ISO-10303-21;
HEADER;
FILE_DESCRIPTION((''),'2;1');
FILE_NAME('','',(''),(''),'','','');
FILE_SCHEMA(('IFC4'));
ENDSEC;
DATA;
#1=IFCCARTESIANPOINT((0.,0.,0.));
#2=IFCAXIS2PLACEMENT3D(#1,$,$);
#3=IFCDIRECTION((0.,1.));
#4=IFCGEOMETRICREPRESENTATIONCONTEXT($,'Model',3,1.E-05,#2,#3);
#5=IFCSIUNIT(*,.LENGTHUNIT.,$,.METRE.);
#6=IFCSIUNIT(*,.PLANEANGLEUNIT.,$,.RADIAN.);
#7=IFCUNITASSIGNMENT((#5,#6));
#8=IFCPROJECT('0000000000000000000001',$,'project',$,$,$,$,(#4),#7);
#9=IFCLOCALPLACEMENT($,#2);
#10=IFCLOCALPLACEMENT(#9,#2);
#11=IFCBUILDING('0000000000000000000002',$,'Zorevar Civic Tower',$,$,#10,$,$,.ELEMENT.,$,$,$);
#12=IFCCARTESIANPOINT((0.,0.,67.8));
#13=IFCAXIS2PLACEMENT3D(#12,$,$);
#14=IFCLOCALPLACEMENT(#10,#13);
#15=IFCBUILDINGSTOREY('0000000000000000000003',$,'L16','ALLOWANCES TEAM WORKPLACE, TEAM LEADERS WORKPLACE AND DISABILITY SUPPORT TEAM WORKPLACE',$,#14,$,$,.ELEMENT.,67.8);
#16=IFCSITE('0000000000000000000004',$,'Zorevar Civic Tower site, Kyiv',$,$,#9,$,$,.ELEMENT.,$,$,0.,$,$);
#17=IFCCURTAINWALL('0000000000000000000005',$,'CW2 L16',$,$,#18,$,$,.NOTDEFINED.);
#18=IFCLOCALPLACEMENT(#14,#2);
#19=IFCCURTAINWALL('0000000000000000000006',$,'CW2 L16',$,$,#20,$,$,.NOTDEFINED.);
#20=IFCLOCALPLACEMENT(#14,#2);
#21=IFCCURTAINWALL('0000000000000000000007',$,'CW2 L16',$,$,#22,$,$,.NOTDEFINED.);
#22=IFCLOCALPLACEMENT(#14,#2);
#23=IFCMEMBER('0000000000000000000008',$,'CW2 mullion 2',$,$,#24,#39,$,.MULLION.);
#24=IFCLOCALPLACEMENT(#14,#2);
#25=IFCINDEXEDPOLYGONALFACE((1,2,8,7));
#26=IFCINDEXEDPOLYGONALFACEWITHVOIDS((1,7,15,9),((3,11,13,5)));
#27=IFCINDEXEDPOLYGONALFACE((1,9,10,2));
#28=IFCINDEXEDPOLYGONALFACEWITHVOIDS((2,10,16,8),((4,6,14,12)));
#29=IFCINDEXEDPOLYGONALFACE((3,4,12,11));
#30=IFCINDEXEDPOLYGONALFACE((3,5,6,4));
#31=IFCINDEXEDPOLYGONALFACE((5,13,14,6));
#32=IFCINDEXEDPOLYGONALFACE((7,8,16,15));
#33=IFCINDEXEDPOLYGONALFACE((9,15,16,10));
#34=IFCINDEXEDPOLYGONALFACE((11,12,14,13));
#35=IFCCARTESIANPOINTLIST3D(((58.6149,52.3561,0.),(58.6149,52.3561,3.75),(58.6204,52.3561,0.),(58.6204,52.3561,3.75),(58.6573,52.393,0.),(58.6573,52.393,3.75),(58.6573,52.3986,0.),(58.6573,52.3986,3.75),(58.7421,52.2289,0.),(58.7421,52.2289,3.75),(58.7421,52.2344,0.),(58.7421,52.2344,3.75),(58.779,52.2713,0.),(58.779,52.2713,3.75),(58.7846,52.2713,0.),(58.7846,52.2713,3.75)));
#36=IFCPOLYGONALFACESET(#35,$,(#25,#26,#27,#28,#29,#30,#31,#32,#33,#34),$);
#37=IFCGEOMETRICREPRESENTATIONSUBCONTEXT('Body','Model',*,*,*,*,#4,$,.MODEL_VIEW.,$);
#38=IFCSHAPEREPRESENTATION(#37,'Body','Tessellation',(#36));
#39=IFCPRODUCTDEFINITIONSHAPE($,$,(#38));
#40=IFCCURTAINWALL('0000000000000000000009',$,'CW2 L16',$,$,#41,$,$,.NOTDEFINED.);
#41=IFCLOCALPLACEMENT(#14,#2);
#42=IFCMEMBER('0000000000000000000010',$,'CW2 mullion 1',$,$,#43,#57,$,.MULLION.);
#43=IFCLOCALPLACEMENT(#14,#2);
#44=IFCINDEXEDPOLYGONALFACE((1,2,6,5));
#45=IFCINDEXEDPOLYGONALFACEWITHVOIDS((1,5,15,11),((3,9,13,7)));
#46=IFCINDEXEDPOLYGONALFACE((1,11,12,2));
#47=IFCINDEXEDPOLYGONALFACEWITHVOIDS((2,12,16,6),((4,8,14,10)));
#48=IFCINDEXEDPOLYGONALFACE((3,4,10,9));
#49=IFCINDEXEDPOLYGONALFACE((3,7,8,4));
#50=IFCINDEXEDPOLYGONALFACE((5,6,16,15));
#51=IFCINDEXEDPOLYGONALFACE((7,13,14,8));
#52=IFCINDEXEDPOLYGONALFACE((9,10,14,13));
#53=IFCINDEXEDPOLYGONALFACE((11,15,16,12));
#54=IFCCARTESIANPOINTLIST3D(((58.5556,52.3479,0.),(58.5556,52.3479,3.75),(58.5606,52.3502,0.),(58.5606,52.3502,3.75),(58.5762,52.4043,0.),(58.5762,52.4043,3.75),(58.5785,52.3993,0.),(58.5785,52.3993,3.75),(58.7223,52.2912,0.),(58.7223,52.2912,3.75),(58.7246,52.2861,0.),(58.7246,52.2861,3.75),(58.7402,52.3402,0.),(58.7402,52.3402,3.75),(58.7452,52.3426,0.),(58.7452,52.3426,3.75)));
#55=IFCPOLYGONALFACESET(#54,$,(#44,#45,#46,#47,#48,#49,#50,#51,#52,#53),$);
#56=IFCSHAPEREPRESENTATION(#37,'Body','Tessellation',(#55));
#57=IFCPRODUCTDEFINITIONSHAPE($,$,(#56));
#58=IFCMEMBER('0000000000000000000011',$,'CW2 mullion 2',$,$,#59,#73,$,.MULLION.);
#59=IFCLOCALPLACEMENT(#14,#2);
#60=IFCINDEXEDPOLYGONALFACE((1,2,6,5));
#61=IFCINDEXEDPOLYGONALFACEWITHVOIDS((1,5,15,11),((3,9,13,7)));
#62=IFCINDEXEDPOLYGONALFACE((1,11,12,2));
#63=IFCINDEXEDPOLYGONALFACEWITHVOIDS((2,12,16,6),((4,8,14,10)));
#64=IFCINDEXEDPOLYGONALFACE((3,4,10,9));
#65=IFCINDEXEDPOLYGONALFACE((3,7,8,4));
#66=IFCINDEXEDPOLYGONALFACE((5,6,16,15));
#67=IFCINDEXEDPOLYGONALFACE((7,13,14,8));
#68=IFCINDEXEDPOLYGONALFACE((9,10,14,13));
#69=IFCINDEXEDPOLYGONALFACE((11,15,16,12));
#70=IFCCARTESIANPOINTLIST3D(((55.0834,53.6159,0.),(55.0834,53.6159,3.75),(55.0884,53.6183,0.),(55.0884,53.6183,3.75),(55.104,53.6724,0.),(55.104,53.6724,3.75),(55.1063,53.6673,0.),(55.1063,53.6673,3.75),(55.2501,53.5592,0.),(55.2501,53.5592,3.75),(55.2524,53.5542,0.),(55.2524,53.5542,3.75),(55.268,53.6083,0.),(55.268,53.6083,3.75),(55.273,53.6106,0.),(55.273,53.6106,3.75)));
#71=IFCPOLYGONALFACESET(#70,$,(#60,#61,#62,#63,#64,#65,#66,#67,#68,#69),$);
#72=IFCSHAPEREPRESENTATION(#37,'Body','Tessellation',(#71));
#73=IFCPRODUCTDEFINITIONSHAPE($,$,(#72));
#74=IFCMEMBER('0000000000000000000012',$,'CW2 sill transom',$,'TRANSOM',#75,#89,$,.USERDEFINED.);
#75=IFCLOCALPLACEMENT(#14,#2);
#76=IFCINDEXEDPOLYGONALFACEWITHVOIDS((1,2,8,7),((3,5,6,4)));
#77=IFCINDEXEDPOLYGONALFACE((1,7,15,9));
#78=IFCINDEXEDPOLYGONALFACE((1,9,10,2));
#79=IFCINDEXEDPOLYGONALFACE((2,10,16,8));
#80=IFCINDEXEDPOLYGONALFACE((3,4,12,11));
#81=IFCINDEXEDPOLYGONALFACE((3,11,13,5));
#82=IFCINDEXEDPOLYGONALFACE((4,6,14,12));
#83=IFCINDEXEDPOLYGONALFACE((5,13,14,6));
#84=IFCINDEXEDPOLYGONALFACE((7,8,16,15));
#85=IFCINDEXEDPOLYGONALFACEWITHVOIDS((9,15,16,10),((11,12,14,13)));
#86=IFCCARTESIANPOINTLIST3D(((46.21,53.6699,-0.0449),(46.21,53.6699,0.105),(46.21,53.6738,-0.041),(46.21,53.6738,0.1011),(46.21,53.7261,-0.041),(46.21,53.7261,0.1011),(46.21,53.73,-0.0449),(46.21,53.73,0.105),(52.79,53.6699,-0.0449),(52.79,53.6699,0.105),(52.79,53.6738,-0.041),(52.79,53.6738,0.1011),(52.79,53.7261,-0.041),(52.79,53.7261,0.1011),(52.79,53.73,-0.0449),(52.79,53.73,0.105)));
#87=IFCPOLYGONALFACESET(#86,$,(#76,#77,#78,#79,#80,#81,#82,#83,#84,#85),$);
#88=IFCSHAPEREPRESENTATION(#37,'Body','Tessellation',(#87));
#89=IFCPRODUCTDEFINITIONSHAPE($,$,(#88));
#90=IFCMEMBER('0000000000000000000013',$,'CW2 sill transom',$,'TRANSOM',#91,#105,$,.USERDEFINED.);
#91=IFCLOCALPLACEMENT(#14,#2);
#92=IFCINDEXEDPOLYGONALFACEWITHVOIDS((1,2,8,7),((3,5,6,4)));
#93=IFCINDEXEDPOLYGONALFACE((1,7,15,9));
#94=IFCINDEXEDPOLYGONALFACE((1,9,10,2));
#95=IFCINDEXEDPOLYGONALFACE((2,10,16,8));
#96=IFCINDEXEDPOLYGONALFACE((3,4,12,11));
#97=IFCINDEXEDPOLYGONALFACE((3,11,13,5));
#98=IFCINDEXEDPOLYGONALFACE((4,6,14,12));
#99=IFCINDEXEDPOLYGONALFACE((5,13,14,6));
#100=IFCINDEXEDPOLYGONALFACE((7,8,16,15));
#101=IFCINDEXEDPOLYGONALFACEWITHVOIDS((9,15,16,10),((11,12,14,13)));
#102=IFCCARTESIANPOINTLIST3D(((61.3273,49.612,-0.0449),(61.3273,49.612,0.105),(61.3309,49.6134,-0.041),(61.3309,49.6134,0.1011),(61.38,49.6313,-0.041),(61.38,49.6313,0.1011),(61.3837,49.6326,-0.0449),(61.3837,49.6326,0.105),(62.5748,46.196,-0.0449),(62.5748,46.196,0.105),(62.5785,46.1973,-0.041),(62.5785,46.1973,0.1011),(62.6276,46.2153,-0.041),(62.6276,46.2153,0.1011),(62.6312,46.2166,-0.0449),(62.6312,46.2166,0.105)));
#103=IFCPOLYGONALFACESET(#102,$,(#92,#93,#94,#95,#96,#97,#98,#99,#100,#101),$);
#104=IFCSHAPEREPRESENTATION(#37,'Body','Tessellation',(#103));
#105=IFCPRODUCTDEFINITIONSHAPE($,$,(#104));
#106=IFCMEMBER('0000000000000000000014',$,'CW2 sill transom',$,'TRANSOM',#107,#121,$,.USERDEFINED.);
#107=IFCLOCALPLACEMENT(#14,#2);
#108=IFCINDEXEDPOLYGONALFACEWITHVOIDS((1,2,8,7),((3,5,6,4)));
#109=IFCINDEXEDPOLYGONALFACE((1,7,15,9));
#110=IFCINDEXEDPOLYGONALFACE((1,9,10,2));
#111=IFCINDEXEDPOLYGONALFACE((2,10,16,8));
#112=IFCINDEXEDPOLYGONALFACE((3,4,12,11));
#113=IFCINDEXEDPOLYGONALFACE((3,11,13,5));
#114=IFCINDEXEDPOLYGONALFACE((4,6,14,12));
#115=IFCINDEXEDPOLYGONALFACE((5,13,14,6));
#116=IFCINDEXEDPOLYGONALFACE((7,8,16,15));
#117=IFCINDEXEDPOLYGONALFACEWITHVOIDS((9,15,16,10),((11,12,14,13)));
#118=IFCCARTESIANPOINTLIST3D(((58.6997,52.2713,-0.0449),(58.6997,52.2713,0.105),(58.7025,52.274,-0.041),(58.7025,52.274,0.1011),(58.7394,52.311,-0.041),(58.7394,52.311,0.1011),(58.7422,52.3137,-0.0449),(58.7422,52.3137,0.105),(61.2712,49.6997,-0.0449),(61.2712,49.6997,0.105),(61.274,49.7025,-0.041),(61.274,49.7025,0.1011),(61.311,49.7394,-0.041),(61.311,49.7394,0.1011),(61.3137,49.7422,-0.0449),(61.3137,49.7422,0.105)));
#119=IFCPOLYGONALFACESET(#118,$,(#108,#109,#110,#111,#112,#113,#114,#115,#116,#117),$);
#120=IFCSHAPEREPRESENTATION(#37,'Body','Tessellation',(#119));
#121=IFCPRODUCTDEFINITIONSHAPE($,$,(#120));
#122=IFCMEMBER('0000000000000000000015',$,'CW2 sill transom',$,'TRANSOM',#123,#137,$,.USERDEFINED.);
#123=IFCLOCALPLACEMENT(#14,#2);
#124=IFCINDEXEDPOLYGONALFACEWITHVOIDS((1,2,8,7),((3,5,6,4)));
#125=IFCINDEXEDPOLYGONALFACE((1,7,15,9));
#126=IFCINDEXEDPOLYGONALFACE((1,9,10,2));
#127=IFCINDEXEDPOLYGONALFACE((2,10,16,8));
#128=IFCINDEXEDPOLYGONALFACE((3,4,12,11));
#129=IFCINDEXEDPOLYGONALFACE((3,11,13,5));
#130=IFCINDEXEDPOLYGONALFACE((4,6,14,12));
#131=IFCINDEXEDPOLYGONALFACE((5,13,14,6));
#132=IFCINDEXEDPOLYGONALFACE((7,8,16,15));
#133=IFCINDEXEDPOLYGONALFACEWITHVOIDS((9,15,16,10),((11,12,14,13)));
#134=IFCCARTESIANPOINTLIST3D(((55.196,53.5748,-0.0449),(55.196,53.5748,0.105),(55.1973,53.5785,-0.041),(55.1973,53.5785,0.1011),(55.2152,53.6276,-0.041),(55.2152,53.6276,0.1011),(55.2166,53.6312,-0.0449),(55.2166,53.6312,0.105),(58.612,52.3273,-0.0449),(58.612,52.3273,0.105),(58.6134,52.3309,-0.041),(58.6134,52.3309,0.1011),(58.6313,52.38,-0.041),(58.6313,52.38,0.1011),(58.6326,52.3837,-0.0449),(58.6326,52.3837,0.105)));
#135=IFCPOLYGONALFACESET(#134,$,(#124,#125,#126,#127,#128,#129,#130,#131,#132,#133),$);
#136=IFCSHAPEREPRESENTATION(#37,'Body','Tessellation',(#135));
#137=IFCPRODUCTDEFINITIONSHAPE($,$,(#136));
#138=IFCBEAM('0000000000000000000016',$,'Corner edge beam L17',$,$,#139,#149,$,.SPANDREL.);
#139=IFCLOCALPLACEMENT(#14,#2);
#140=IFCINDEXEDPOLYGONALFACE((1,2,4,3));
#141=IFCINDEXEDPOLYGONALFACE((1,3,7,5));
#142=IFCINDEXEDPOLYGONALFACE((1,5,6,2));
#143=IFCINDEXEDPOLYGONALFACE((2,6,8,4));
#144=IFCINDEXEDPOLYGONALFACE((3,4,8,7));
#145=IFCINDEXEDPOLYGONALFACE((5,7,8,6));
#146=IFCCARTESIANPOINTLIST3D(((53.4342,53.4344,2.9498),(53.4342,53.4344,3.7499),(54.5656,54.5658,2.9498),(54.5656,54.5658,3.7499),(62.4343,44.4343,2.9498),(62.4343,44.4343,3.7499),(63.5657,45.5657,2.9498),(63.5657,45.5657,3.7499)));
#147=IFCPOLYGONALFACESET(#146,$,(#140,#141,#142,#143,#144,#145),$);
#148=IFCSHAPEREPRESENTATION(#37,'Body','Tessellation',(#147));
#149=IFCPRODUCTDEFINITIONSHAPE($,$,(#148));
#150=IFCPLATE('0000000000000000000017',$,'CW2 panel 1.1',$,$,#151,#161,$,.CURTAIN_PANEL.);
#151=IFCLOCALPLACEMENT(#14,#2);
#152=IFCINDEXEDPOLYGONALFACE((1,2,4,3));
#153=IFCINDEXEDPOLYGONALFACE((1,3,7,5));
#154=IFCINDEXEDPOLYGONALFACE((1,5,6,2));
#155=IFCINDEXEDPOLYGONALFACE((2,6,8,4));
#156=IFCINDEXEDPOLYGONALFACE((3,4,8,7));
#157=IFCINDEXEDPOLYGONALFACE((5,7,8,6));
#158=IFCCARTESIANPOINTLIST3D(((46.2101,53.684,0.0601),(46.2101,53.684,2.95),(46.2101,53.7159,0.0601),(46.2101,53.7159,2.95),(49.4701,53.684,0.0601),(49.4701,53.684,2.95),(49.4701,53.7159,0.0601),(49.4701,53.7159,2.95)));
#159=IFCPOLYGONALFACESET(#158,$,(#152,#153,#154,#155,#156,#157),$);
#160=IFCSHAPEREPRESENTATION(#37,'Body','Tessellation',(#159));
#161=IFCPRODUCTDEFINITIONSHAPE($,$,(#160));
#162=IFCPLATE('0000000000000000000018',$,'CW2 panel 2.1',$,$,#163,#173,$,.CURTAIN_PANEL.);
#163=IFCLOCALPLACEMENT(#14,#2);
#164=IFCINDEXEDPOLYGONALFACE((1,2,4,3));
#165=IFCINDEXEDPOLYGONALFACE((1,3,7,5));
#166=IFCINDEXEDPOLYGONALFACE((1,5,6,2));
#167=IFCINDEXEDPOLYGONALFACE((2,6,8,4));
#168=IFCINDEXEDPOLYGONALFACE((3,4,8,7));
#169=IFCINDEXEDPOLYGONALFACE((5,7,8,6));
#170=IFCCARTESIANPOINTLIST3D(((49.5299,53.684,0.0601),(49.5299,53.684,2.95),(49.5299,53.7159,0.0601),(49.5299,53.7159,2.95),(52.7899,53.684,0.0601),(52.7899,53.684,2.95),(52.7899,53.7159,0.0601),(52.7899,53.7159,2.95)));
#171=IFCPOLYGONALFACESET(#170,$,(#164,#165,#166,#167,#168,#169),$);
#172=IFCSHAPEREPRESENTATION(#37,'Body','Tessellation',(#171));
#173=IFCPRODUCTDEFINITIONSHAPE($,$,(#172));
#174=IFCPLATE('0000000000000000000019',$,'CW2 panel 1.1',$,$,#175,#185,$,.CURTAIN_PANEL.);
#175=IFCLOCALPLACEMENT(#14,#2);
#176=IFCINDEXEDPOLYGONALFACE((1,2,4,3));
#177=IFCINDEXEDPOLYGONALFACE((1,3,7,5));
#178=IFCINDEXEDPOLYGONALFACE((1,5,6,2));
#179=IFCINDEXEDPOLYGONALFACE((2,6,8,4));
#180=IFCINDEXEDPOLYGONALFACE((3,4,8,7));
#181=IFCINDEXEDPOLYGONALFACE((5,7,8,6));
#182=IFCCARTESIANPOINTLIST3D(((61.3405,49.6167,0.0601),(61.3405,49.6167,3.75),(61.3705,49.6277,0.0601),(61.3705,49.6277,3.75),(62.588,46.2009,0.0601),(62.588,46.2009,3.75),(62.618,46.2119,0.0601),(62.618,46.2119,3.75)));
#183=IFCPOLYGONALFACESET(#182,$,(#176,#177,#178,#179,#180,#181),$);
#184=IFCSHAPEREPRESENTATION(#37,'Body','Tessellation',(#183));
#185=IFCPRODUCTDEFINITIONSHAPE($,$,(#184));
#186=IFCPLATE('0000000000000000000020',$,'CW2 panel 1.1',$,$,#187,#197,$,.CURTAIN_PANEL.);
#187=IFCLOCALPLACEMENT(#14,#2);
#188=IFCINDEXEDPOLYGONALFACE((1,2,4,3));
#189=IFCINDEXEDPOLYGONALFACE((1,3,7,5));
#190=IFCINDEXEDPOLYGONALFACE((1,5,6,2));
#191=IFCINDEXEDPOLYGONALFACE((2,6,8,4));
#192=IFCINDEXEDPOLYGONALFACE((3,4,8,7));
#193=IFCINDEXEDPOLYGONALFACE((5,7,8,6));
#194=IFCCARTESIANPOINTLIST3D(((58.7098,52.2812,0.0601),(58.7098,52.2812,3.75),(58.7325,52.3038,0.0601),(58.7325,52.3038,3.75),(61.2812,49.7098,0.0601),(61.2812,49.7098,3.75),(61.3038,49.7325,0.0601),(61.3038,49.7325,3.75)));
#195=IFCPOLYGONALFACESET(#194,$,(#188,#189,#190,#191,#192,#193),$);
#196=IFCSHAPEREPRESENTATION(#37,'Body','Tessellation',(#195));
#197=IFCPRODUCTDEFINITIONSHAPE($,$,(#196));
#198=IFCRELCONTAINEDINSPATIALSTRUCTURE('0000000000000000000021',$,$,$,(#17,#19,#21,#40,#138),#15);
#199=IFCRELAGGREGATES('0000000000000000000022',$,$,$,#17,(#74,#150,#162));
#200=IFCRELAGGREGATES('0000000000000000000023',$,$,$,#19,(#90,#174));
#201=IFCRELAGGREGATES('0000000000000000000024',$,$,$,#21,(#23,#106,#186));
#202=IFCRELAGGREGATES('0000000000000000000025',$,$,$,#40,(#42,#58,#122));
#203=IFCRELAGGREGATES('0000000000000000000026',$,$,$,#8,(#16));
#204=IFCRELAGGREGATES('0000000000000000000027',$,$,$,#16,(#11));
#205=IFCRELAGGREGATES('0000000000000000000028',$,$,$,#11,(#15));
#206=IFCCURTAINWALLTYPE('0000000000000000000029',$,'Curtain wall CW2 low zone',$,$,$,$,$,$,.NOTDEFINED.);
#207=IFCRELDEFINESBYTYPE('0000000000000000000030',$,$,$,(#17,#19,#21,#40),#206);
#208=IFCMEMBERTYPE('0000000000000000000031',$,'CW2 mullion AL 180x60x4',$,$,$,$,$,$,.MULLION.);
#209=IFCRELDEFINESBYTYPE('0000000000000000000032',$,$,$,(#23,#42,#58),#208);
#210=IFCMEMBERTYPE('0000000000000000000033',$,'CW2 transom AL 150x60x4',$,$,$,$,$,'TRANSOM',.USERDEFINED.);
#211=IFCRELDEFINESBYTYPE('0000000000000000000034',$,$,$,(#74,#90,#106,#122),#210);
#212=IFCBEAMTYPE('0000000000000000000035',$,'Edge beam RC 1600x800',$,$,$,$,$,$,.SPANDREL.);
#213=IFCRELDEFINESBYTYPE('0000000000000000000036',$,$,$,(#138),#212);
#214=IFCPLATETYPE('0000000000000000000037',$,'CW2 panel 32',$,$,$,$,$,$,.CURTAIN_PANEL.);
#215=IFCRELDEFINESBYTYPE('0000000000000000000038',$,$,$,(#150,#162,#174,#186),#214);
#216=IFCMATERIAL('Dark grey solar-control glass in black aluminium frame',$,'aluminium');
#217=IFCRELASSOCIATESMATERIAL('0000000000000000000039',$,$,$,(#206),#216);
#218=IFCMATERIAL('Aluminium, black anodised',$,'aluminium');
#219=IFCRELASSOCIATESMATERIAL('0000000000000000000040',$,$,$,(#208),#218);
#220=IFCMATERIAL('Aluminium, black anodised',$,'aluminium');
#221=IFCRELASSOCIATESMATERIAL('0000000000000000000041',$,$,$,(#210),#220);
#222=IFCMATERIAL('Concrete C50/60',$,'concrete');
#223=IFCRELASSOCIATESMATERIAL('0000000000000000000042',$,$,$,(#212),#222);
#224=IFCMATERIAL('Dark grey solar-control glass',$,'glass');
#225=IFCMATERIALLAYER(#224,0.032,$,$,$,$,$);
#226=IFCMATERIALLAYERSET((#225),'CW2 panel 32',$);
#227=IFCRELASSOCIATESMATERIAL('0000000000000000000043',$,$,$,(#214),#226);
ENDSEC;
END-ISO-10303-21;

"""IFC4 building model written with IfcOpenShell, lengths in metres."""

from ifc_helpers import new_model, si_unit, direction, frame, origin, origin_2d, place, context, subcontext, project, spatial, rectangle, hollow_rectangle, extrude, material, layer, layer_set, material_profile, profile_set, type_object, element, aggregate, save


model = new_model("IFC4")

# Units and contexts
model_context = context("Model", 3, precision=1e-05, world=origin(), true_north=direction((0.0, 1.0)))
body_context = subcontext(model_context, "Body", "Model", "MODEL_VIEW")
ifc_project = project(units=[si_unit("LENGTHUNIT", "METRE"), si_unit("PLANEANGLEUNIT", "RADIAN")], contexts=[model_context])

# Site, building, storey
site_placement = place(None, origin())
site = spatial("IfcSite", under=ifc_project, at=site_placement, Name="Zorevar Civic Tower site, Kyiv", CompositionType="ELEMENT", RefElevation=0.0)
building_placement = place(site_placement, origin())
building = spatial("IfcBuilding", under=site, at=building_placement, Name="Zorevar Civic Tower", CompositionType="ELEMENT")
storey_placement = place(building_placement, frame((0.0, 0.0, 67.8)))
storey = spatial("IfcBuildingStorey", under=building, at=storey_placement, Name="L16", Description="ALLOWANCES TEAM WORKPLACE, TEAM LEADERS WORKPLACE AND DISABILITY SUPPORT TEAM WORKPLACE", CompositionType="ELEMENT", Elevation=67.8)

# Curtain wall
ifc_material_1 = material(Name="Dark grey solar-control glass in black aluminium frame", Category="aluminium")
curtain_wall_type = type_object("IfcCurtainWallType", Name="Curtain wall CW2 low zone", PredefinedType="NOTDEFINED", material=ifc_material_1)
curtain_wall_1_placement = place(storey_placement, origin())
curtain_wall_1 = element("IfcCurtainWall", 1, at=curtain_wall_1_placement, inside=storey, type_object=curtain_wall_type, Name="CW2 L16", PredefinedType="NOTDEFINED")
ifc_material_2 = material(Name="Aluminium, black anodised", Category="aluminium")
ifc_material_profile_1 = material_profile(ifc_material_2, hollow_rectangle(XDim=0.0601, YDim=0.1799, WallThickness=0.0039, at=origin_2d()), Name="AL 180x60x4")
ifc_profile_set_1 = profile_set([ifc_material_profile_1], Name="Aluminium, black anodised")
member_type_1 = type_object("IfcMemberType", Name="CW2 mullion AL 180x60x4", PredefinedType="MULLION", material=ifc_profile_set_1)

# Curtain walls, members
curtain_wall_2_placement = place(storey_placement, origin())
curtain_wall_2 = element("IfcCurtainWall", 2, at=curtain_wall_2_placement, inside=storey, type_object=curtain_wall_type, Name="CW2 L16", PredefinedType="NOTDEFINED")
curtain_wall_3_placement = place(storey_placement, origin())
curtain_wall_3 = element("IfcCurtainWall", 3, at=curtain_wall_3_placement, inside=storey, type_object=curtain_wall_type, Name="CW2 L16", PredefinedType="NOTDEFINED")
member_1_placement = place(storey_placement, frame((58.6997, 52.3137, 0.0), z_axis=(0.0, 0.0, 1.0), x_axis=(-0.707107, -0.707107, 0.0)))
member_1 = element("IfcMember", 4, at=member_1_placement, type_object=member_type_1, Name="CW2 mullion 2", PredefinedType="MULLION", context=body_context, shape_type="SweptSolid", body=[
    extrude(hollow_rectangle(XDim=0.0601, YDim=0.1799, WallThickness=0.0039, at=origin_2d()), origin(), (0.0, 0.0, 1.0), 3.75),
])
curtain_wall_4_placement = place(storey_placement, origin())
curtain_wall_4 = element("IfcCurtainWall", 5, at=curtain_wall_4_placement, inside=storey, type_object=curtain_wall_type, Name="CW2 L16", PredefinedType="NOTDEFINED")
member_2_placement = place(storey_placement, frame((58.6504, 52.3452, 0.0), z_axis=(0.0, 0.0, 1.0), x_axis=(-0.34306, -0.939313, 0.0)))
member_2 = element("IfcMember", 6, at=member_2_placement, type_object=member_type_1, Name="CW2 mullion 1", PredefinedType="MULLION", context=body_context, shape_type="SweptSolid", body=[
    extrude(hollow_rectangle(XDim=0.0601, YDim=0.1799, WallThickness=0.0039, at=origin_2d()), origin(), (0.0, 0.0, 1.0), 3.75),
])
member_3_placement = place(storey_placement, frame((55.1782, 53.6133, 0.0), z_axis=(0.0, 0.0, 1.0), x_axis=(-0.34306, -0.939313, 0.0)))
member_3 = element("IfcMember", 7, at=member_3_placement, type_object=member_type_1, Name="CW2 mullion 2", PredefinedType="MULLION", context=body_context, shape_type="SweptSolid", body=[
    extrude(hollow_rectangle(XDim=0.0601, YDim=0.1799, WallThickness=0.0039, at=origin_2d()), origin(), (0.0, 0.0, 1.0), 3.75),
])

# Members
ifc_material_3 = material(Name="Aluminium, black anodised", Category="aluminium")
ifc_material_profile_2 = material_profile(ifc_material_3, hollow_rectangle(XDim=0.0601, YDim=0.1499, WallThickness=0.0039, at=origin_2d()), Name="AL 150x60x4")
ifc_profile_set_2 = profile_set([ifc_material_profile_2], Name="Aluminium, black anodised")
member_type_2 = type_object("IfcMemberType", Name="CW2 transom AL 150x60x4", ElementType="TRANSOM", PredefinedType="USERDEFINED", material=ifc_profile_set_2)
member_4_placement = place(storey_placement, frame((46.21, 53.7, 0.03), z_axis=(1.0, 0.0, 0.0), x_axis=(0.0, 1.0, 0.0)))
member_4 = element("IfcMember", 8, at=member_4_placement, type_object=member_type_2, Name="CW2 sill transom", ObjectType="TRANSOM", PredefinedType="USERDEFINED", context=body_context, shape_type="SweptSolid", body=[
    extrude(hollow_rectangle(XDim=0.0601, YDim=0.1499, WallThickness=0.0039, at=origin_2d()), origin(), (0.0, 0.0, 1.0), 6.5801),
])
member_5_placement = place(storey_placement, frame((62.603, 46.2063, 0.03), z_axis=(-0.343047, 0.939318, 0.0), x_axis=(-0.939318, -0.343047, 0.0)))
member_5 = element("IfcMember", 9, at=member_5_placement, type_object=member_type_2, Name="CW2 sill transom", ObjectType="TRANSOM", PredefinedType="USERDEFINED", context=body_context, shape_type="SweptSolid", body=[
    extrude(hollow_rectangle(XDim=0.0601, YDim=0.1499, WallThickness=0.0039, at=origin_2d()), origin(), (0.0, 0.0, 1.0), 3.6367),
])
member_6_placement = place(storey_placement, frame((61.2925, 49.7209, 0.03), z_axis=(-0.707107, 0.707107, 0.0), x_axis=(-0.707107, -0.707107, 0.0)))
member_6 = element("IfcMember", 10, at=member_6_placement, type_object=member_type_2, Name="CW2 sill transom", ObjectType="TRANSOM", PredefinedType="USERDEFINED", context=body_context, shape_type="SweptSolid", body=[
    extrude(hollow_rectangle(XDim=0.0601, YDim=0.1499, WallThickness=0.0039, at=origin_2d()), origin(), (0.0, 0.0, 1.0), 3.6367),
])
member_7_placement = place(storey_placement, frame((58.6223, 52.3555, 0.03), z_axis=(-0.939318, 0.343047, 0.0), x_axis=(-0.343047, -0.939318, 0.0)))
member_7 = element("IfcMember", 11, at=member_7_placement, type_object=member_type_2, Name="CW2 sill transom", ObjectType="TRANSOM", PredefinedType="USERDEFINED", context=body_context, shape_type="SweptSolid", body=[
    extrude(hollow_rectangle(XDim=0.0601, YDim=0.1499, WallThickness=0.0039, at=origin_2d()), origin(), (0.0, 0.0, 1.0), 3.6367),
])

# Beam
ifc_material_4 = material(Name="Concrete C50/60", Category="concrete")
ifc_material_profile_3 = material_profile(ifc_material_4, rectangle(XDim=1.6001, YDim=0.8, at=origin_2d()), Name="RC 1600x800")
ifc_profile_set_3 = profile_set([ifc_material_profile_3], Name="Concrete C50/60")
beam_type_1 = type_object("IfcBeamType", Name="Edge beam RC 1600x800", PredefinedType="SPANDREL", material=ifc_profile_set_3)
beam_placement = place(storey_placement, frame((63.0, 45.0, 3.3499), z_axis=(-0.707107, 0.707107, 0.0), x_axis=(-0.707107, -0.707107, 0.0)))
element("IfcBeam", 12, at=beam_placement, inside=storey, type_object=beam_type_1, Name="Corner edge beam L17", PredefinedType="SPANDREL", context=body_context, shape_type="SweptSolid", body=[
    extrude(rectangle(XDim=1.6001, YDim=0.8, at=origin_2d()), origin(), (0.0, 0.0, 1.0), 12.728),
])

# Plates
ifc_material_5 = material(Name="Dark grey solar-control glass", Category="glass")
ifc_layer_1 = layer(ifc_material_5, 0.032)
ifc_layer_set_1 = layer_set([ifc_layer_1], Name="CW2 panel 32")
plate_type = type_object("IfcPlateType", Name="CW2 panel 32", PredefinedType="CURTAIN_PANEL", material=ifc_layer_set_1)
plate_1_placement = place(storey_placement, frame((47.8401, 53.7, 0.0601), z_axis=(0.0, 0.0, 1.0), x_axis=(1.0, 0.0, 0.0)))
plate_1 = element("IfcPlate", 13, at=plate_1_placement, type_object=plate_type, Name="CW2 panel 1.1", PredefinedType="CURTAIN_PANEL", context=body_context, shape_type="SweptSolid", body=[
    extrude(rectangle(XDim=3.26, YDim=0.032, at=origin_2d()), origin(), (0.0, 0.0, 1.0), 2.8899),
])
plate_2_placement = place(storey_placement, frame((51.1599, 53.7, 0.0601), z_axis=(0.0, 0.0, 1.0), x_axis=(1.0, 0.0, 0.0)))
plate_2 = element("IfcPlate", 14, at=plate_2_placement, type_object=plate_type, Name="CW2 panel 2.1", PredefinedType="CURTAIN_PANEL", context=body_context, shape_type="SweptSolid", body=[
    extrude(rectangle(XDim=3.26, YDim=0.032, at=origin_2d()), origin(), (0.0, 0.0, 1.0), 2.8899),
])
aggregate(curtain_wall_1, [member_4, plate_1, plate_2])
plate_3_placement = place(storey_placement, frame((61.9792, 47.9143, 0.0601), z_axis=(0.0, 0.0, 1.0), x_axis=(-0.34306, 0.939313, 0.0)))
plate_3 = element("IfcPlate", 15, at=plate_3_placement, type_object=plate_type, Name="CW2 panel 1.1", PredefinedType="CURTAIN_PANEL", context=body_context, shape_type="SweptSolid", body=[
    extrude(rectangle(XDim=3.6365, YDim=0.032, at=origin_2d()), origin(), (0.0, 0.0, 1.0), 3.6899),
])
aggregate(curtain_wall_2, [member_5, plate_3])
plate_4_placement = place(storey_placement, frame((60.0068, 51.0068, 0.0601), z_axis=(0.0, 0.0, 1.0), x_axis=(-0.707107, 0.707107, 0.0)))
plate_4 = element("IfcPlate", 16, at=plate_4_placement, type_object=plate_type, Name="CW2 panel 1.1", PredefinedType="CURTAIN_PANEL", context=body_context, shape_type="SweptSolid", body=[
    extrude(rectangle(XDim=3.6365, YDim=0.032, at=origin_2d()), origin(), (0.0, 0.0, 1.0), 3.6899),
])
aggregate(curtain_wall_3, [member_1, member_6, plate_4])
aggregate(curtain_wall_4, [member_2, member_3, member_7])

save(model, "model.ifc")
